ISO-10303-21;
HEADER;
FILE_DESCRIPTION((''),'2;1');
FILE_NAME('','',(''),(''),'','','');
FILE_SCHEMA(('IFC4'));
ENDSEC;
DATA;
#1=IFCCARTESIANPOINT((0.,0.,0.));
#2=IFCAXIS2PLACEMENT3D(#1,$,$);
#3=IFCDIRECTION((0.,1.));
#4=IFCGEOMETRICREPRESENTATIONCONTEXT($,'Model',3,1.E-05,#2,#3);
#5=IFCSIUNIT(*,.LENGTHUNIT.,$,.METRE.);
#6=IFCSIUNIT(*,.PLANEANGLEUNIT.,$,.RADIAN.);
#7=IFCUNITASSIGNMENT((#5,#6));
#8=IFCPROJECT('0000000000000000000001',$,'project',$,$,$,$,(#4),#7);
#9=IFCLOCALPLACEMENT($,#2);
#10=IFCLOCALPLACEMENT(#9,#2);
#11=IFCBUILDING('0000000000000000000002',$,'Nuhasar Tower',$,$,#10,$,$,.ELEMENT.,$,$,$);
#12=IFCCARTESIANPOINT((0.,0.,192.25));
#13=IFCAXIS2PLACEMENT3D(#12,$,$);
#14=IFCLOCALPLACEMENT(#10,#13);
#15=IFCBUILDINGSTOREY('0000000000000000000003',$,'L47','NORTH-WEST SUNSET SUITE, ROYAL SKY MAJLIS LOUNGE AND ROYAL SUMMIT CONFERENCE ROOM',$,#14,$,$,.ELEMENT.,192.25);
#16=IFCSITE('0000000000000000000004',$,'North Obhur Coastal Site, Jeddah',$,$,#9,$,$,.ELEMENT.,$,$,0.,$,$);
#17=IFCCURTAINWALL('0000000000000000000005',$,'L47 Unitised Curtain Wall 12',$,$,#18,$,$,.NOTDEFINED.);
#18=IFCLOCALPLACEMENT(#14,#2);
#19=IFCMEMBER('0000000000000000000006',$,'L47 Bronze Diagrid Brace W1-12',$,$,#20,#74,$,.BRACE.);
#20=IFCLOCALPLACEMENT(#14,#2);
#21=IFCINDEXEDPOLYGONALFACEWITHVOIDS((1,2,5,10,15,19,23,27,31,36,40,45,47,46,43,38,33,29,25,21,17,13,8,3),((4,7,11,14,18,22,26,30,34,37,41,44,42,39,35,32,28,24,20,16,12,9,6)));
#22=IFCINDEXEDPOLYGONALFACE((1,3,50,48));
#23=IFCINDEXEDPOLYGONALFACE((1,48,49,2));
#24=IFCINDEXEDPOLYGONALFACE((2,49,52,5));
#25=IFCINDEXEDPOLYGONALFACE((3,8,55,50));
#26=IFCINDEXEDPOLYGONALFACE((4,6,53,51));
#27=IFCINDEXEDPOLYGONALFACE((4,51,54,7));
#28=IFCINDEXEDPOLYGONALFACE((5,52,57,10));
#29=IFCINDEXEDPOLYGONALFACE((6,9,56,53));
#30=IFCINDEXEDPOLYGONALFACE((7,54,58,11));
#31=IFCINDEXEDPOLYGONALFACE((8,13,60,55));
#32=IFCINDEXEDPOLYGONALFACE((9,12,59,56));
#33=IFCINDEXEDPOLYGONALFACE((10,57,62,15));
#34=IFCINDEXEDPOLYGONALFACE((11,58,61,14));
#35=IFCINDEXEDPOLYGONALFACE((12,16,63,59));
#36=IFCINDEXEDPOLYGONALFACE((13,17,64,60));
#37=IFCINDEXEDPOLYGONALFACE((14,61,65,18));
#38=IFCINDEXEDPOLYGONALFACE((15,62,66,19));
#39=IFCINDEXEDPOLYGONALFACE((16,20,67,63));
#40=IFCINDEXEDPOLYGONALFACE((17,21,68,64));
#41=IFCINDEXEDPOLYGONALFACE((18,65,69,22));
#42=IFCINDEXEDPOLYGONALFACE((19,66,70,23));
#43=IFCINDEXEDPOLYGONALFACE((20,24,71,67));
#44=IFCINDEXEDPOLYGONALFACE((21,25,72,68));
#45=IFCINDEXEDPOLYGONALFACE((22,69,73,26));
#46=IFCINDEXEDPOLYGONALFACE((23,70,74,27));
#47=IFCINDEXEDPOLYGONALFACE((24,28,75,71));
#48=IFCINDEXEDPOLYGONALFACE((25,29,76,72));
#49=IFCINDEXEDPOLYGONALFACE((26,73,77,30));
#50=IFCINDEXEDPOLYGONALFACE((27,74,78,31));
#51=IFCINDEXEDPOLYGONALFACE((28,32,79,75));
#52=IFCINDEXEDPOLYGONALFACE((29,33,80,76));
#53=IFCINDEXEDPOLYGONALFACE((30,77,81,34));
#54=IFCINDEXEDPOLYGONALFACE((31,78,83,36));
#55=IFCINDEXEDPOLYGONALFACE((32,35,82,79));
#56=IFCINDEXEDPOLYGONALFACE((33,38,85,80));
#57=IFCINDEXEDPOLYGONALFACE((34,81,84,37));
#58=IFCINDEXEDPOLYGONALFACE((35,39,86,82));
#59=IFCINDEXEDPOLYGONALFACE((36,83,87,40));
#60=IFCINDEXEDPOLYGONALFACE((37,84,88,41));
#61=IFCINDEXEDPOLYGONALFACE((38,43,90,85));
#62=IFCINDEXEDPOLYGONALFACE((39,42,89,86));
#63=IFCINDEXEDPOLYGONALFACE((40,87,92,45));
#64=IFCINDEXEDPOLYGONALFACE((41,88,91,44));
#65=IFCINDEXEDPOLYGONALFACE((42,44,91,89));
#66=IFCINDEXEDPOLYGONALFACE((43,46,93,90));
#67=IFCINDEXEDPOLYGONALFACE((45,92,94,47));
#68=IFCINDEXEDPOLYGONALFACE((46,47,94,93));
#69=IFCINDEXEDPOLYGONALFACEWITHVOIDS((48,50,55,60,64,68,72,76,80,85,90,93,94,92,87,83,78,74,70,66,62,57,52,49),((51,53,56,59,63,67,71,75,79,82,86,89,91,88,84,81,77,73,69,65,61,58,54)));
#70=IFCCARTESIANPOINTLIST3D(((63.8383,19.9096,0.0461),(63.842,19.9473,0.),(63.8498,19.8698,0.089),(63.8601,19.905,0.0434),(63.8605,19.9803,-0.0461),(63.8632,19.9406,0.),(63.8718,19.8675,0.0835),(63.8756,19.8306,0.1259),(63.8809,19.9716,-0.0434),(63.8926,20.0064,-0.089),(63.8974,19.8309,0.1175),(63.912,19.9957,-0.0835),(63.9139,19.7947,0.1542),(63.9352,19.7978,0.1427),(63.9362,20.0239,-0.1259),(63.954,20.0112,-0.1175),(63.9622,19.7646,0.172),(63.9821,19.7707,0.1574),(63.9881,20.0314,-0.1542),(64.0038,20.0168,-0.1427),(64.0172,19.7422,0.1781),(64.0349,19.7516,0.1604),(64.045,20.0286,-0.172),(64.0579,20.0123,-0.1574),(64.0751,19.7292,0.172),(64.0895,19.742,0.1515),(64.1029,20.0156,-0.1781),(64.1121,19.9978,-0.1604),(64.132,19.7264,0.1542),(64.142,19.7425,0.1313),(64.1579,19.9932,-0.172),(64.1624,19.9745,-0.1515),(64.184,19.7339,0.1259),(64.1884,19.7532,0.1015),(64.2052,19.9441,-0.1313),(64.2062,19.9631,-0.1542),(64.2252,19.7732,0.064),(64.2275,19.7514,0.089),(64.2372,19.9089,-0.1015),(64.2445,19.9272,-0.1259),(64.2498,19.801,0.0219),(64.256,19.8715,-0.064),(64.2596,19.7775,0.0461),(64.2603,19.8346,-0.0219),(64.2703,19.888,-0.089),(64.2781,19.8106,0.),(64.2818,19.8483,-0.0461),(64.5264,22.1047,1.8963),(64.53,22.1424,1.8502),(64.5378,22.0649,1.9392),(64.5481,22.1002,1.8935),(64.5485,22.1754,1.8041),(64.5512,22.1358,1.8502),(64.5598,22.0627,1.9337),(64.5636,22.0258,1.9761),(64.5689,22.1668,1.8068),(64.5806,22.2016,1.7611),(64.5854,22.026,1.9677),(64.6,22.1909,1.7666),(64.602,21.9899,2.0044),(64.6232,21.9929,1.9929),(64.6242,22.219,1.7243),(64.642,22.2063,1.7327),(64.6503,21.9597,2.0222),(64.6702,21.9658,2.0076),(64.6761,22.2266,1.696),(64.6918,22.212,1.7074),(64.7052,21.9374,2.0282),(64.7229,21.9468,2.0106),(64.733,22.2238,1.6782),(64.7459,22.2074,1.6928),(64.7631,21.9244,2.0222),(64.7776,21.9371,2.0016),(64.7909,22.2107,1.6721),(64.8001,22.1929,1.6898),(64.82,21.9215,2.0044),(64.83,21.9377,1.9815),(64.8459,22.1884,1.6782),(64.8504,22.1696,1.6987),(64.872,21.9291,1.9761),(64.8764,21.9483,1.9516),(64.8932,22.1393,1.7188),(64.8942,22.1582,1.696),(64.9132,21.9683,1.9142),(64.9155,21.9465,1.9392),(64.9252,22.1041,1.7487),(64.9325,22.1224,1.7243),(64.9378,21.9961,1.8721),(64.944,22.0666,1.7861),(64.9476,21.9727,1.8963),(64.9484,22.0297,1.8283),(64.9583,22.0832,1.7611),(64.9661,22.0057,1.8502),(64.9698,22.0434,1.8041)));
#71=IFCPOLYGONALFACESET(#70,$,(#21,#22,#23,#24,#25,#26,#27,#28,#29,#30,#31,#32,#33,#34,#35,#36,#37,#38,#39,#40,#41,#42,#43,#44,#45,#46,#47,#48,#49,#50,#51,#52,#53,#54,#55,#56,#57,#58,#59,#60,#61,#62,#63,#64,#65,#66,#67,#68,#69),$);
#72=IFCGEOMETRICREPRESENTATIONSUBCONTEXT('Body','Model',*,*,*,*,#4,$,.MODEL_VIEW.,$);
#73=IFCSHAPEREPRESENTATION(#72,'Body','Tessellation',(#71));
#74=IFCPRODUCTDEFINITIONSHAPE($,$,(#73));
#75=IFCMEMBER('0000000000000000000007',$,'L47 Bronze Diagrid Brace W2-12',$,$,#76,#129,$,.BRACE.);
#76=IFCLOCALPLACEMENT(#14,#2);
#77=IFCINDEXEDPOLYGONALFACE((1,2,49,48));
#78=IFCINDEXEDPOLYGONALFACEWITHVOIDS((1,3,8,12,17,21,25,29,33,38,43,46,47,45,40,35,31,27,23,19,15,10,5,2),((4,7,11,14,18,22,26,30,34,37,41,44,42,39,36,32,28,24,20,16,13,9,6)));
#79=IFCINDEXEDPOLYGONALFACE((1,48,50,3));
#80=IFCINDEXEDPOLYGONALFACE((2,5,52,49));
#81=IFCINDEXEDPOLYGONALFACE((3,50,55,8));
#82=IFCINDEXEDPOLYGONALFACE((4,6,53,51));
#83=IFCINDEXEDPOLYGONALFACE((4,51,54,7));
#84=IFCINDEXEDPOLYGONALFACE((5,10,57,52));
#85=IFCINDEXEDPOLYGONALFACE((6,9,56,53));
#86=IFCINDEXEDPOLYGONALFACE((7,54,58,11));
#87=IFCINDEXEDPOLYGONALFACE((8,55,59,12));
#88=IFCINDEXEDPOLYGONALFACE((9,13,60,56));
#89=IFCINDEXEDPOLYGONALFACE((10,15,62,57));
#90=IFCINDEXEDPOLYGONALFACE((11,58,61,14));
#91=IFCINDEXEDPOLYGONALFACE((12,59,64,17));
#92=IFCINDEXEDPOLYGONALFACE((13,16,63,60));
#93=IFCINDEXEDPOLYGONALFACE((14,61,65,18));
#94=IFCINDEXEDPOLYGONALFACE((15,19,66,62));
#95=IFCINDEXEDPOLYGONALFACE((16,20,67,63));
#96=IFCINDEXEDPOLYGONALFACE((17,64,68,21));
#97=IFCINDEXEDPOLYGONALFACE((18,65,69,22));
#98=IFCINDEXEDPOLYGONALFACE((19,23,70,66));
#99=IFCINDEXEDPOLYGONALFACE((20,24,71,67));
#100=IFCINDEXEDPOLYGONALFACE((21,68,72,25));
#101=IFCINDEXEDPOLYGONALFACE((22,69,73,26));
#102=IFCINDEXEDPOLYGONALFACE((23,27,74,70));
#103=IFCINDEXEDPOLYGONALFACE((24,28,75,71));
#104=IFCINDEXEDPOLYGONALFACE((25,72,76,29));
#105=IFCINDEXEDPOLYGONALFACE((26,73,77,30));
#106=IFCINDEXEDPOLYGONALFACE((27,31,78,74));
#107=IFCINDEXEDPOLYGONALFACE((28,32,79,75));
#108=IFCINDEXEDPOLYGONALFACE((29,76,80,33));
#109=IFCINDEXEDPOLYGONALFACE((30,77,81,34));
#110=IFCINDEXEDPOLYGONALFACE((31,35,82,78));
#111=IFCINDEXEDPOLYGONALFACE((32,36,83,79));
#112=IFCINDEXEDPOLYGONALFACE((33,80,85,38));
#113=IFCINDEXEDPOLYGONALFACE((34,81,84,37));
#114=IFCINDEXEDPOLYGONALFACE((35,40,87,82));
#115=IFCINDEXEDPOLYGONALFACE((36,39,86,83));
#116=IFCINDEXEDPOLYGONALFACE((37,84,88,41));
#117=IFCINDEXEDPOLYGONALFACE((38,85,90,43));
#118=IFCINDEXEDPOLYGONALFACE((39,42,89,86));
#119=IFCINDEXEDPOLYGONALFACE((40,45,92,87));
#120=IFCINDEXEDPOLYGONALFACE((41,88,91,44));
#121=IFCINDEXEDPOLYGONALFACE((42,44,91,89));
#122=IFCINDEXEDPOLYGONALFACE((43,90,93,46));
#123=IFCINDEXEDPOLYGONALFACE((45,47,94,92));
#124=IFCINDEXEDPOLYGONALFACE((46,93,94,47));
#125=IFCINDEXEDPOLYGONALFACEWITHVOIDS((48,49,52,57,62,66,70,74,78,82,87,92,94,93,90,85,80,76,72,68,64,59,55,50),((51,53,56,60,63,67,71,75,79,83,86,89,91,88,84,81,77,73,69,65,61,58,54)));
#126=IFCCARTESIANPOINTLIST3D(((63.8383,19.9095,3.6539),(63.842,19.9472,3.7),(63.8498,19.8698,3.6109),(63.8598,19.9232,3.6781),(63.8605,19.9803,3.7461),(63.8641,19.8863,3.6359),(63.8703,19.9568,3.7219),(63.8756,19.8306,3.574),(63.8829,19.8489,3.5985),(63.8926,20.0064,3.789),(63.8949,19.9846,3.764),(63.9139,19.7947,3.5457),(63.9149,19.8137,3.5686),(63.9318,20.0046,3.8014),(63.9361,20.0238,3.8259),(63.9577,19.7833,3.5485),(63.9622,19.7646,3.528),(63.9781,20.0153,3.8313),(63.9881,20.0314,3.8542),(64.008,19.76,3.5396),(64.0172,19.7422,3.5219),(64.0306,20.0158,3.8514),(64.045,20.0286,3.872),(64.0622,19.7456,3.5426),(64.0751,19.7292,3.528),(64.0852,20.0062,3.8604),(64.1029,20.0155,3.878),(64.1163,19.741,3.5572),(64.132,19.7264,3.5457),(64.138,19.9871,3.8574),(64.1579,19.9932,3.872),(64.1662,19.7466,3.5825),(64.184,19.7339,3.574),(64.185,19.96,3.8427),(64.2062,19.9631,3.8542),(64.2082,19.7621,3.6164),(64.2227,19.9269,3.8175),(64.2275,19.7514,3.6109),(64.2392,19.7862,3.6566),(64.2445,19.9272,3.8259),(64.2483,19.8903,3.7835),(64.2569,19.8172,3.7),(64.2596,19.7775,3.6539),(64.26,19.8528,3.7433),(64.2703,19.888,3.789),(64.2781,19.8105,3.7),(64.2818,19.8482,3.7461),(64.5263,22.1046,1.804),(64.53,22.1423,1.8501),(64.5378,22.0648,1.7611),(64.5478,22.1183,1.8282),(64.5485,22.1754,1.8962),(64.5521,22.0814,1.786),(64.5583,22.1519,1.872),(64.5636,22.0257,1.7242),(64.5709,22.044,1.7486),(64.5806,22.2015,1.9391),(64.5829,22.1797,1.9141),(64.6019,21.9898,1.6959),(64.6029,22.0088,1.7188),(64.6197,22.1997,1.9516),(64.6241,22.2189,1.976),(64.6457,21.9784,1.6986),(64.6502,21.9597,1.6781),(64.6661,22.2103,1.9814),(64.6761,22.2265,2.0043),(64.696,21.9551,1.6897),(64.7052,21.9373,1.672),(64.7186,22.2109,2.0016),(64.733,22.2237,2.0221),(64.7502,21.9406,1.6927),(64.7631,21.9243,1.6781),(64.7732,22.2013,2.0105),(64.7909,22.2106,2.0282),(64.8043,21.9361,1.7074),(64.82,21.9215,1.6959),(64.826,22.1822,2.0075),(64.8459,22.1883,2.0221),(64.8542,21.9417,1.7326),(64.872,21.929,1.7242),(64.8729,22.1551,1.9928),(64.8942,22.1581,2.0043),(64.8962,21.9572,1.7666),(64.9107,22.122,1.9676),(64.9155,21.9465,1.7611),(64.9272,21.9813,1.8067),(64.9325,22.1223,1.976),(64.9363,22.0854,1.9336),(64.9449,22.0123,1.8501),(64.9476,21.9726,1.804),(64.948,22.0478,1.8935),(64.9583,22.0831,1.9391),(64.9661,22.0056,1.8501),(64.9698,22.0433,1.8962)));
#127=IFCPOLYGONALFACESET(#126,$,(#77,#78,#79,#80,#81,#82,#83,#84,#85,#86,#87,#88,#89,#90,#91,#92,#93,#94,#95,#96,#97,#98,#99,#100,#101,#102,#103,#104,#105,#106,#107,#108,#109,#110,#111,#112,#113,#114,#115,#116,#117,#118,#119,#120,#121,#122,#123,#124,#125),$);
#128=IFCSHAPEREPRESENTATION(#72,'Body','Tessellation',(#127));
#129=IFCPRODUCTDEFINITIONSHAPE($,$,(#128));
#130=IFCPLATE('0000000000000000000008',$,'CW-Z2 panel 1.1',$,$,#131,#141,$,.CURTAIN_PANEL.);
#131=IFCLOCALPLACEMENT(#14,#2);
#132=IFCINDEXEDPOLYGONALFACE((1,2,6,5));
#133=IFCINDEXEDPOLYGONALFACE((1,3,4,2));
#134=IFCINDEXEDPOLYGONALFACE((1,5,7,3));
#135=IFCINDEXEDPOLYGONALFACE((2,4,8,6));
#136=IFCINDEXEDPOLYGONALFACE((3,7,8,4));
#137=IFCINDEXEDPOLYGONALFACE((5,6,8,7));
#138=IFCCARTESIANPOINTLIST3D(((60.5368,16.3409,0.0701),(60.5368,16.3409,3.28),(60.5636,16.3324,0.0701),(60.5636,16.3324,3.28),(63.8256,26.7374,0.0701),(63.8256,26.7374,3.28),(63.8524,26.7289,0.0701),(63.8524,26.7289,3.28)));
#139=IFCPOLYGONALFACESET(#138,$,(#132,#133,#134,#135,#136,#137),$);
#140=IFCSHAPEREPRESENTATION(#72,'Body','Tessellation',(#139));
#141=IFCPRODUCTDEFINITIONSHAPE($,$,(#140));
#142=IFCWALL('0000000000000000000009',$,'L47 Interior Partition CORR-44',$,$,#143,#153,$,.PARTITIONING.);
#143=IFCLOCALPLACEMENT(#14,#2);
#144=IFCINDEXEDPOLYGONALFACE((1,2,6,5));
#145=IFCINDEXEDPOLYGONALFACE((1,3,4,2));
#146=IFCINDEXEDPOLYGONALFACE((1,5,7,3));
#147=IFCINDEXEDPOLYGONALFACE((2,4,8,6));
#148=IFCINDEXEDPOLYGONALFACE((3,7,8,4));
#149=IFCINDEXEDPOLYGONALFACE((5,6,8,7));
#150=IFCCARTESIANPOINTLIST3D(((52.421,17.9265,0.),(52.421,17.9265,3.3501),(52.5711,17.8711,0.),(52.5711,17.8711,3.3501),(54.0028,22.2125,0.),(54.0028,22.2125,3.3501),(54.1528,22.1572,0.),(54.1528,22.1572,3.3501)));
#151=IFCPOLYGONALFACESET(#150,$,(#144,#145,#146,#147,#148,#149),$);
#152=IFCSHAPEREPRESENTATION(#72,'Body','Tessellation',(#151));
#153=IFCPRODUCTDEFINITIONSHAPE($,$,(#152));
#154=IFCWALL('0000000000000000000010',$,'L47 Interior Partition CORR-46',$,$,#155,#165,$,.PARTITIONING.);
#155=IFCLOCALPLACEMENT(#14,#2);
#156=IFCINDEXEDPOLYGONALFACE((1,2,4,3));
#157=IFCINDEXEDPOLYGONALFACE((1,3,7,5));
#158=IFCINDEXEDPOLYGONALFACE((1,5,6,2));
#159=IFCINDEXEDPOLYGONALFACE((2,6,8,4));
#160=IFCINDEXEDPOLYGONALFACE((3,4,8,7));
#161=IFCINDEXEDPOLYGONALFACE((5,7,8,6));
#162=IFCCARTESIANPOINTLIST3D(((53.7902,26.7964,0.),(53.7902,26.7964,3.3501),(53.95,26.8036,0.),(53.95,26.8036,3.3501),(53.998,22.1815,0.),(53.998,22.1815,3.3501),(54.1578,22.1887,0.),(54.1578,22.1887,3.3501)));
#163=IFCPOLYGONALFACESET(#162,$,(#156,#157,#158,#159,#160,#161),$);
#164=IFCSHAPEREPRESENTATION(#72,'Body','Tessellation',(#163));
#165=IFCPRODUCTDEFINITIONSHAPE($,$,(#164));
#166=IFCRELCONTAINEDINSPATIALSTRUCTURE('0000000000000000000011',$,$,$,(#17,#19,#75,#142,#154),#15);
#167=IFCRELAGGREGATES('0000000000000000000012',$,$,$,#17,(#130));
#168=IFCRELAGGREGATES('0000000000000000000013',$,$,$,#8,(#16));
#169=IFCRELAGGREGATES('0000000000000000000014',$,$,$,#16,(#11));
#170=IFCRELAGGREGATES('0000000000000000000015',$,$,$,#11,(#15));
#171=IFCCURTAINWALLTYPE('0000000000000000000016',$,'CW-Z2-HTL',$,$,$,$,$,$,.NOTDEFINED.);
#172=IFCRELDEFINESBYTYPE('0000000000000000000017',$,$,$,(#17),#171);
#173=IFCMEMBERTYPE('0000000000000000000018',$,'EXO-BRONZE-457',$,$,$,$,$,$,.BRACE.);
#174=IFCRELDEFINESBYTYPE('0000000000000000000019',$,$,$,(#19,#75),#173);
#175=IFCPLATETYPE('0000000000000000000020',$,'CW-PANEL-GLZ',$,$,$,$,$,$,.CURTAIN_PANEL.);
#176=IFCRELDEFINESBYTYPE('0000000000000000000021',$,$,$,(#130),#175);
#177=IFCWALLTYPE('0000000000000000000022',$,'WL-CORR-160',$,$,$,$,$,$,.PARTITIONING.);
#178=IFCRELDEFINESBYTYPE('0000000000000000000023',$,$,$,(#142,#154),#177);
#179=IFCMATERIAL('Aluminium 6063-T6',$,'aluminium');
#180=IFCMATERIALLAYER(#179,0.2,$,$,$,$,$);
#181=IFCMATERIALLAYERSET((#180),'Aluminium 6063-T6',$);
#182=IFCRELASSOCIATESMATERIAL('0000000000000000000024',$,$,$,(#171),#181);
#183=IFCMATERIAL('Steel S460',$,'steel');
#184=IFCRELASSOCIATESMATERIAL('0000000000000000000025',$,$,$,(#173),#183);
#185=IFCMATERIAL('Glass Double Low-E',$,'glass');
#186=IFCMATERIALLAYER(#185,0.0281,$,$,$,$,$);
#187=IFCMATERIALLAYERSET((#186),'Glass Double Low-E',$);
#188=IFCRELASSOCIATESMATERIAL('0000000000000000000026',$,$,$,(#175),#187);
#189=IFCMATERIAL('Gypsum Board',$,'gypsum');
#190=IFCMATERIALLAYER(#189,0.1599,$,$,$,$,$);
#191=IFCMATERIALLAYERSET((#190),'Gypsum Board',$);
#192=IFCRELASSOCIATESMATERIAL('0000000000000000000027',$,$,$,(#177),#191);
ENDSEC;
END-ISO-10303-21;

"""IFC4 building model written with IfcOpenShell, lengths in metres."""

from ifc_helpers import new_model, si_unit, direction, frame, frame_2d, origin, origin_2d, place, context, subcontext, project, spatial, rectangle, hollow_circle, extrude, material, layer, layer_set, material_profile, profile_set, type_object, element, aggregate, save


model = new_model("IFC4")

# Units and contexts
model_context = context("Model", 3, precision=1e-05, world=origin(), true_north=direction((0.0, 1.0)))
body_context = subcontext(model_context, "Body", "Model", "MODEL_VIEW")
ifc_project = project(units=[si_unit("LENGTHUNIT", "METRE"), si_unit("PLANEANGLEUNIT", "RADIAN")], contexts=[model_context])

# Site, building, storey
site_placement = place(None, origin())
site = spatial("IfcSite", under=ifc_project, at=site_placement, Name="North Obhur Coastal Site, Jeddah", CompositionType="ELEMENT", RefElevation=0.0)
building_placement = place(site_placement, origin())
building = spatial("IfcBuilding", under=site, at=building_placement, Name="Nuhasar Tower", CompositionType="ELEMENT")
storey_placement = place(building_placement, frame((0.0, 0.0, 192.25)))
storey = spatial("IfcBuildingStorey", under=building, at=storey_placement, Name="L47", Description="NORTH-WEST SUNSET SUITE, ROYAL SKY MAJLIS LOUNGE AND ROYAL SUMMIT CONFERENCE ROOM", CompositionType="ELEMENT", Elevation=192.25)

# Curtain wall
ifc_material_1 = material(Name="Aluminium 6063-T6", Category="aluminium")
ifc_layer_1 = layer(ifc_material_1, 0.2)
ifc_layer_set_1 = layer_set([ifc_layer_1], Name="Aluminium 6063-T6")
curtain_wall_type = type_object("IfcCurtainWallType", Name="CW-Z2-HTL", PredefinedType="NOTDEFINED", material=ifc_layer_set_1)
curtain_wall_placement = place(storey_placement, origin())
curtain_wall = element("IfcCurtainWall", 1, at=curtain_wall_placement, inside=storey, type_object=curtain_wall_type, Name="L47 Unitised Curtain Wall 12", PredefinedType="NOTDEFINED")

# Members
ifc_material_2 = material(Name="Steel S460", Category="steel")
ifc_material_profile_1 = material_profile(ifc_material_2, hollow_circle(Radius=0.2285, WallThickness=0.0222, at=origin_2d()), Name="HSS457X22.2")
ifc_profile_set_1 = profile_set([ifc_material_profile_1], Name="Steel S460")
member_type_1 = type_object("IfcMemberType", Name="EXO-BRONZE-457", PredefinedType="BRACE", material=ifc_profile_set_1)
member_1_placement = place(storey_placement, frame((64.0601, 19.8789, 0.0), z_axis=(0.233056, 0.743578, 0.626719), x_axis=(-0.954228, 0.299079, 0.0)))
element("IfcMember", 2, at=member_1_placement, inside=storey, type_object=member_type_1, Name="L47 Bronze Diagrid Brace W1-12", PredefinedType="BRACE", context=body_context, shape_type="SweptSolid", body=[
    extrude(hollow_circle(Radius=0.2285, WallThickness=0.0222, at=origin_2d()), origin(), (0.0, 0.0, 1.0), 2.9521),
])
member_2_placement = place(storey_placement, frame((64.748, 22.074, 1.8501), z_axis=(-0.233068, -0.743616, 0.626669), x_axis=(0.954228, -0.299079, 0.0)))
element("IfcMember", 3, at=member_2_placement, inside=storey, type_object=member_type_1, Name="L47 Bronze Diagrid Brace W2-12", PredefinedType="BRACE", context=body_context, shape_type="SweptSolid", body=[
    extrude(hollow_circle(Radius=0.2285, WallThickness=0.0222, at=origin_2d()), origin(), (0.0, 0.0, 1.0), 2.9519),
])

# Plate
ifc_material_3 = material(Name="Glass Double Low-E", Category="glass")
ifc_layer_2 = layer(ifc_material_3, 0.0281)
ifc_layer_set_2 = layer_set([ifc_layer_2], Name="Glass Double Low-E")
plate_type = type_object("IfcPlateType", Name="CW-PANEL-GLZ", PredefinedType="CURTAIN_PANEL", material=ifc_layer_set_2)
plate_placement = place(storey_placement, frame((62.1946, 21.5349, 0.0701), z_axis=(0.0, 0.0, 1.0), x_axis=(0.301604, 0.953433, 0.0)))
plate = element("IfcPlate", 4, at=plate_placement, type_object=plate_type, Name="CW-Z2 panel 1.1", PredefinedType="CURTAIN_PANEL", context=body_context, shape_type="SweptSolid", body=[
    extrude(rectangle(XDim=10.9043, YDim=0.0281, at=origin_2d()), origin(), (0.0, 0.0, 1.0), 3.21),
])
aggregate(curtain_wall, [plate])

# Shared definitions
ifc_material_4 = material(Name="Gypsum Board", Category="gypsum")
ifc_layer_3 = layer(ifc_material_4, 0.1599)
ifc_layer_set_3 = layer_set([ifc_layer_3], Name="Gypsum Board")
wall_type_1 = type_object("IfcWallType", Name="WL-CORR-160", PredefinedType="PARTITIONING", material=ifc_layer_set_3)

# Walls
wall_1_placement = place(storey_placement, frame((52.4961, 17.8989, 0.0), z_axis=(0.0, 0.0, 1.0), x_axis=(0.346223, 0.938152, 0.0)))
element("IfcWall", 5, at=wall_1_placement, inside=storey, type_object=wall_type_1, Name="L47 Interior Partition CORR-44", PredefinedType="PARTITIONING", context=body_context, shape_type="SweptSolid", body=[
    extrude(rectangle(XDim=4.5686, YDim=0.1599, at=frame_2d((2.2842, 0.0))), origin(), (0.0, 0.0, 1.0), 3.3501),
])
wall_2_placement = place(storey_placement, frame((54.0779, 22.1851, 0.0), z_axis=(0.0, 0.0, 1.0), x_axis=(-0.044974, 0.998988, 0.0)))
element("IfcWall", 6, at=wall_2_placement, inside=storey, type_object=wall_type_1, Name="L47 Interior Partition CORR-46", PredefinedType="PARTITIONING", context=body_context, shape_type="SweptSolid", body=[
    extrude(rectangle(XDim=4.6196, YDim=0.1599, at=frame_2d((2.3098, 0.0))), origin(), (0.0, 0.0, 1.0), 3.3501),
])

save(model, "model.ifc")
